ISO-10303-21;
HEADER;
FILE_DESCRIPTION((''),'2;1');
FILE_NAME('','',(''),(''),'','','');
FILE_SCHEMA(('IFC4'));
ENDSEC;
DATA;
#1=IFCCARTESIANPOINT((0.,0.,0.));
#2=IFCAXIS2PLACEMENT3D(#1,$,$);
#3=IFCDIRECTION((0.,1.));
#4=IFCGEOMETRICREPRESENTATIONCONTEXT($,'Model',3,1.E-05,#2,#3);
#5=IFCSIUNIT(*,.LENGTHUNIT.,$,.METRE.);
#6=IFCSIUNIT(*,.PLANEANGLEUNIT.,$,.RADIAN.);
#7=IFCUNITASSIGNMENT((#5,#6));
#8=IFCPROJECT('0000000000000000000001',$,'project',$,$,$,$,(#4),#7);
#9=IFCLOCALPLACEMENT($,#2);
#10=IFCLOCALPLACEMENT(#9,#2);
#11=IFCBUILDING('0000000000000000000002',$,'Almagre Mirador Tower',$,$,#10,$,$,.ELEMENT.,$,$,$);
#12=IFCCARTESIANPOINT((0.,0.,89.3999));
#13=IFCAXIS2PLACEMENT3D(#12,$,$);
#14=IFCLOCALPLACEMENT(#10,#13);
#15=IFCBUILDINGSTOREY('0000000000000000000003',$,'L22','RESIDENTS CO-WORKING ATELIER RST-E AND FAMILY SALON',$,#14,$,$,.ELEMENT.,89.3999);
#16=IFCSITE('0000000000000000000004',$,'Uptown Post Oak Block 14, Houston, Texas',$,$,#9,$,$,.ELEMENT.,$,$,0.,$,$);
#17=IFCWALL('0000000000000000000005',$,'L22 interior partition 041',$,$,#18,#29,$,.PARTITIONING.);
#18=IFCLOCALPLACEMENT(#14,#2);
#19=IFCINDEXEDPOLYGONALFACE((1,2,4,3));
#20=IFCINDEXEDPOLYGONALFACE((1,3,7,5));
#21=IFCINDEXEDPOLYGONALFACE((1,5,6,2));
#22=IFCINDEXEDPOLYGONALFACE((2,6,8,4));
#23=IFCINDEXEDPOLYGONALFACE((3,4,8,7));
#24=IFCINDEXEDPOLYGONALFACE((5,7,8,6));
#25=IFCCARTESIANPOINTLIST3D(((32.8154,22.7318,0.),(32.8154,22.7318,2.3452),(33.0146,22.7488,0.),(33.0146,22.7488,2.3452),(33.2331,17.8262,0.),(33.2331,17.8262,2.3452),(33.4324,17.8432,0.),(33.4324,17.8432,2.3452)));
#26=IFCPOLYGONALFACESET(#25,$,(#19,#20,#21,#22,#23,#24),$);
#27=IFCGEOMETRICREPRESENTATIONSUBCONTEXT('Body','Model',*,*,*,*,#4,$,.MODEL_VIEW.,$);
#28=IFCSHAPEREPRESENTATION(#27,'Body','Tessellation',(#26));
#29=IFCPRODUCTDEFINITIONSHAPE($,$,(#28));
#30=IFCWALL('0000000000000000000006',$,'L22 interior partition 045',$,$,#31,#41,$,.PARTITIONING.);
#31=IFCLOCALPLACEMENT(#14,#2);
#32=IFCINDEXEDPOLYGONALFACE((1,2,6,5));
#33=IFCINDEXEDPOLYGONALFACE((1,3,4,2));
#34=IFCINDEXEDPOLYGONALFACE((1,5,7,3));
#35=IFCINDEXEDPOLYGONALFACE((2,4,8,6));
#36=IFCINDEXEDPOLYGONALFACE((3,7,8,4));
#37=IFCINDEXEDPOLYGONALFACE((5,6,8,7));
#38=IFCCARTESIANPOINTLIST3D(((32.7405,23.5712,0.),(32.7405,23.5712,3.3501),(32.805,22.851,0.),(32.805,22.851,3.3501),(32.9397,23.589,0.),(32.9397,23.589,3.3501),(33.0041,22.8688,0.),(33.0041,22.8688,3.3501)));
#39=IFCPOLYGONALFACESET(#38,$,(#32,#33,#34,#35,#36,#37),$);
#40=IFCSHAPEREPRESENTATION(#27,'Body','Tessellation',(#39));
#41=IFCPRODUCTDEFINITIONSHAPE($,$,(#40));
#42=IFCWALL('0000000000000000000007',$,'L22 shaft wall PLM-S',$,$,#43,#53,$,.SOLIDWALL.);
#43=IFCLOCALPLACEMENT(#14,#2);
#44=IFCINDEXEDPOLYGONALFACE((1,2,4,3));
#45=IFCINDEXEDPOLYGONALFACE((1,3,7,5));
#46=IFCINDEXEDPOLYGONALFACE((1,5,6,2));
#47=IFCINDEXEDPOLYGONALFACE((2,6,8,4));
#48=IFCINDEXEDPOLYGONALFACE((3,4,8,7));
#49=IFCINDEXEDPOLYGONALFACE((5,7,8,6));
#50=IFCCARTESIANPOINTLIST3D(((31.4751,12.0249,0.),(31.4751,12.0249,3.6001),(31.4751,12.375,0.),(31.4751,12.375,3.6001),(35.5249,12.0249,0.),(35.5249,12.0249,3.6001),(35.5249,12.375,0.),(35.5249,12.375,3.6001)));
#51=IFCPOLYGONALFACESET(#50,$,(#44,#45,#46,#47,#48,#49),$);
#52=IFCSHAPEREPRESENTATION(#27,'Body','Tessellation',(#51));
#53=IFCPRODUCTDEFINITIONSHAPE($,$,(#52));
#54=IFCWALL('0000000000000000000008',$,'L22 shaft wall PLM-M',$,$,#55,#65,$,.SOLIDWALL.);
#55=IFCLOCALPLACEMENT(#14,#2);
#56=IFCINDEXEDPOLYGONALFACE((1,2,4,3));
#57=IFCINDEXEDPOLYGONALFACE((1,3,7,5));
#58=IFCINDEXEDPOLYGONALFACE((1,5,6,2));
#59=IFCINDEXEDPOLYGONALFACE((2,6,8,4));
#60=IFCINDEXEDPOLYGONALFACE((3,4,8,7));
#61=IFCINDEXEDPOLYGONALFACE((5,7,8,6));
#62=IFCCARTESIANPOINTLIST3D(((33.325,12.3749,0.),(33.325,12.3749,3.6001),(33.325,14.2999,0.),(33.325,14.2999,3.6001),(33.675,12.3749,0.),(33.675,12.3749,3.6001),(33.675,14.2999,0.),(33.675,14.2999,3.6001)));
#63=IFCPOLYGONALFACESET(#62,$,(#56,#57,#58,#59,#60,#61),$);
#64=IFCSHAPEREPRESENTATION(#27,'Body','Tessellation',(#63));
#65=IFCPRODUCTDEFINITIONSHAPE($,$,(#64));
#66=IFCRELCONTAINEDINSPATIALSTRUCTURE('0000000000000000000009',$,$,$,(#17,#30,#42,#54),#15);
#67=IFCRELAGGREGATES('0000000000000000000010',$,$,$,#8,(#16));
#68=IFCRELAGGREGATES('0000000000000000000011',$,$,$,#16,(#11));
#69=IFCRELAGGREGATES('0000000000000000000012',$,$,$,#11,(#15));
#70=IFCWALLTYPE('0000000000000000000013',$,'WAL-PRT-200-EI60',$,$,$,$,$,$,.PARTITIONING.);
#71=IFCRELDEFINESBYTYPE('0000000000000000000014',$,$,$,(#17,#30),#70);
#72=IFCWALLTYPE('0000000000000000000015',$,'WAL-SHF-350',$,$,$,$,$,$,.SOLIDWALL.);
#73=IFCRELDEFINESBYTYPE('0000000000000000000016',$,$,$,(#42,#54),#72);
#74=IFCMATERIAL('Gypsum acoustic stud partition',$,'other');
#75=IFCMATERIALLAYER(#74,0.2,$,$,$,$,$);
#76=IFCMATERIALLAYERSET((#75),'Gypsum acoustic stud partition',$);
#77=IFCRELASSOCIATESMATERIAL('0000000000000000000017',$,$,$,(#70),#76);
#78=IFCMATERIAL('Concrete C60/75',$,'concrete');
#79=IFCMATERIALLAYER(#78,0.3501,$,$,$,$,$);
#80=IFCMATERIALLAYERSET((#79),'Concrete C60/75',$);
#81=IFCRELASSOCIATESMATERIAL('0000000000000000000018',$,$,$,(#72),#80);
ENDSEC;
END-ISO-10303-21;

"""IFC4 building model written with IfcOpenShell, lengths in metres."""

from ifc_helpers import new_model, si_unit, direction, frame, frame_2d, origin, place, context, subcontext, project, spatial, rectangle, extrude, material, layer, layer_set, type_object, element, save


model = new_model("IFC4")

# Units and contexts
model_context = context("Model", 3, precision=1e-05, world=origin(), true_north=direction((0.0, 1.0)))
body_context = subcontext(model_context, "Body", "Model", "MODEL_VIEW")
ifc_project = project(units=[si_unit("LENGTHUNIT", "METRE"), si_unit("PLANEANGLEUNIT", "RADIAN")], contexts=[model_context])

# Site, building, storey
site_placement = place(None, origin())
site = spatial("IfcSite", under=ifc_project, at=site_placement, Name="Uptown Post Oak Block 14, Houston, Texas", CompositionType="ELEMENT", RefElevation=0.0)
building_placement = place(site_placement, origin())
building = spatial("IfcBuilding", under=site, at=building_placement, Name="Almagre Mirador Tower", CompositionType="ELEMENT")
storey_placement = place(building_placement, frame((0.0, 0.0, 89.3999)))
storey = spatial("IfcBuildingStorey", under=building, at=storey_placement, Name="L22", Description="RESIDENTS CO-WORKING ATELIER RST-E AND FAMILY SALON", CompositionType="ELEMENT", Elevation=89.3999)

# Shared definitions
ifc_material_1 = material(Name="Gypsum acoustic stud partition", Category="other")
ifc_layer_1 = layer(ifc_material_1, 0.2)
ifc_layer_set_1 = layer_set([ifc_layer_1], Name="Gypsum acoustic stud partition")
wall_type_1 = type_object("IfcWallType", Name="WAL-PRT-200-EI60", PredefinedType="PARTITIONING", material=ifc_layer_set_1)

# Walls
wall_1_placement = place(storey_placement, frame((33.3328, 17.8347, 0.0), z_axis=(0.0, 0.0, 1.0), x_axis=(-0.084847, 0.996394, 0.0)))
element("IfcWall", 1, at=wall_1_placement, inside=storey, type_object=wall_type_1, Name="L22 interior partition 041", PredefinedType="PARTITIONING", context=body_context, shape_type="SweptSolid", body=[
    extrude(rectangle(XDim=4.9233, YDim=0.2, at=frame_2d((2.4617, 0.0))), origin(), (0.0, 0.0, 1.0), 2.3452),
])
wall_2_placement = place(storey_placement, frame((32.9045, 22.8599, 0.0), z_axis=(0.0, 0.0, 1.0), x_axis=(-0.089135, 0.99602, 0.0)))
element("IfcWall", 2, at=wall_2_placement, inside=storey, type_object=wall_type_1, Name="L22 interior partition 045", PredefinedType="PARTITIONING", context=body_context, shape_type="SweptSolid", body=[
    extrude(rectangle(XDim=0.7231, YDim=0.2, at=frame_2d((0.3616, 0.0))), origin(), (0.0, 0.0, 1.0), 3.3501),
])
ifc_material_2 = material(Name="Concrete C60/75", Category="concrete")
ifc_layer_2 = layer(ifc_material_2, 0.3501)
ifc_layer_set_2 = layer_set([ifc_layer_2], Name="Concrete C60/75")
wall_type_2 = type_object("IfcWallType", Name="WAL-SHF-350", PredefinedType="SOLIDWALL", material=ifc_layer_set_2)
wall_3_placement = place(storey_placement, frame((31.4751, 12.2, 0.0), z_axis=(0.0, 0.0, 1.0), x_axis=(1.0, 0.0, 0.0)))
element("IfcWall", 3, at=wall_3_placement, inside=storey, type_object=wall_type_2, Name="L22 shaft wall PLM-S", PredefinedType="SOLIDWALL", context=body_context, shape_type="SweptSolid", body=[
    extrude(rectangle(XDim=4.0498, YDim=0.3501, at=frame_2d((2.0249, 0.0))), origin(), (0.0, 0.0, 1.0), 3.6001),
])
wall_4_placement = place(storey_placement, frame((33.5, 12.375, 0.0), z_axis=(0.0, 0.0, 1.0), x_axis=(0.0, 1.0, 0.0)))
element("IfcWall", 4, at=wall_4_placement, inside=storey, type_object=wall_type_2, Name="L22 shaft wall PLM-M", PredefinedType="SOLIDWALL", context=body_context, shape_type="SweptSolid", body=[
    extrude(rectangle(XDim=1.925, YDim=0.3501, at=frame_2d((0.9624, 0.0))), origin(), (0.0, 0.0, 1.0), 3.6001),
])

save(model, "model.ifc")
